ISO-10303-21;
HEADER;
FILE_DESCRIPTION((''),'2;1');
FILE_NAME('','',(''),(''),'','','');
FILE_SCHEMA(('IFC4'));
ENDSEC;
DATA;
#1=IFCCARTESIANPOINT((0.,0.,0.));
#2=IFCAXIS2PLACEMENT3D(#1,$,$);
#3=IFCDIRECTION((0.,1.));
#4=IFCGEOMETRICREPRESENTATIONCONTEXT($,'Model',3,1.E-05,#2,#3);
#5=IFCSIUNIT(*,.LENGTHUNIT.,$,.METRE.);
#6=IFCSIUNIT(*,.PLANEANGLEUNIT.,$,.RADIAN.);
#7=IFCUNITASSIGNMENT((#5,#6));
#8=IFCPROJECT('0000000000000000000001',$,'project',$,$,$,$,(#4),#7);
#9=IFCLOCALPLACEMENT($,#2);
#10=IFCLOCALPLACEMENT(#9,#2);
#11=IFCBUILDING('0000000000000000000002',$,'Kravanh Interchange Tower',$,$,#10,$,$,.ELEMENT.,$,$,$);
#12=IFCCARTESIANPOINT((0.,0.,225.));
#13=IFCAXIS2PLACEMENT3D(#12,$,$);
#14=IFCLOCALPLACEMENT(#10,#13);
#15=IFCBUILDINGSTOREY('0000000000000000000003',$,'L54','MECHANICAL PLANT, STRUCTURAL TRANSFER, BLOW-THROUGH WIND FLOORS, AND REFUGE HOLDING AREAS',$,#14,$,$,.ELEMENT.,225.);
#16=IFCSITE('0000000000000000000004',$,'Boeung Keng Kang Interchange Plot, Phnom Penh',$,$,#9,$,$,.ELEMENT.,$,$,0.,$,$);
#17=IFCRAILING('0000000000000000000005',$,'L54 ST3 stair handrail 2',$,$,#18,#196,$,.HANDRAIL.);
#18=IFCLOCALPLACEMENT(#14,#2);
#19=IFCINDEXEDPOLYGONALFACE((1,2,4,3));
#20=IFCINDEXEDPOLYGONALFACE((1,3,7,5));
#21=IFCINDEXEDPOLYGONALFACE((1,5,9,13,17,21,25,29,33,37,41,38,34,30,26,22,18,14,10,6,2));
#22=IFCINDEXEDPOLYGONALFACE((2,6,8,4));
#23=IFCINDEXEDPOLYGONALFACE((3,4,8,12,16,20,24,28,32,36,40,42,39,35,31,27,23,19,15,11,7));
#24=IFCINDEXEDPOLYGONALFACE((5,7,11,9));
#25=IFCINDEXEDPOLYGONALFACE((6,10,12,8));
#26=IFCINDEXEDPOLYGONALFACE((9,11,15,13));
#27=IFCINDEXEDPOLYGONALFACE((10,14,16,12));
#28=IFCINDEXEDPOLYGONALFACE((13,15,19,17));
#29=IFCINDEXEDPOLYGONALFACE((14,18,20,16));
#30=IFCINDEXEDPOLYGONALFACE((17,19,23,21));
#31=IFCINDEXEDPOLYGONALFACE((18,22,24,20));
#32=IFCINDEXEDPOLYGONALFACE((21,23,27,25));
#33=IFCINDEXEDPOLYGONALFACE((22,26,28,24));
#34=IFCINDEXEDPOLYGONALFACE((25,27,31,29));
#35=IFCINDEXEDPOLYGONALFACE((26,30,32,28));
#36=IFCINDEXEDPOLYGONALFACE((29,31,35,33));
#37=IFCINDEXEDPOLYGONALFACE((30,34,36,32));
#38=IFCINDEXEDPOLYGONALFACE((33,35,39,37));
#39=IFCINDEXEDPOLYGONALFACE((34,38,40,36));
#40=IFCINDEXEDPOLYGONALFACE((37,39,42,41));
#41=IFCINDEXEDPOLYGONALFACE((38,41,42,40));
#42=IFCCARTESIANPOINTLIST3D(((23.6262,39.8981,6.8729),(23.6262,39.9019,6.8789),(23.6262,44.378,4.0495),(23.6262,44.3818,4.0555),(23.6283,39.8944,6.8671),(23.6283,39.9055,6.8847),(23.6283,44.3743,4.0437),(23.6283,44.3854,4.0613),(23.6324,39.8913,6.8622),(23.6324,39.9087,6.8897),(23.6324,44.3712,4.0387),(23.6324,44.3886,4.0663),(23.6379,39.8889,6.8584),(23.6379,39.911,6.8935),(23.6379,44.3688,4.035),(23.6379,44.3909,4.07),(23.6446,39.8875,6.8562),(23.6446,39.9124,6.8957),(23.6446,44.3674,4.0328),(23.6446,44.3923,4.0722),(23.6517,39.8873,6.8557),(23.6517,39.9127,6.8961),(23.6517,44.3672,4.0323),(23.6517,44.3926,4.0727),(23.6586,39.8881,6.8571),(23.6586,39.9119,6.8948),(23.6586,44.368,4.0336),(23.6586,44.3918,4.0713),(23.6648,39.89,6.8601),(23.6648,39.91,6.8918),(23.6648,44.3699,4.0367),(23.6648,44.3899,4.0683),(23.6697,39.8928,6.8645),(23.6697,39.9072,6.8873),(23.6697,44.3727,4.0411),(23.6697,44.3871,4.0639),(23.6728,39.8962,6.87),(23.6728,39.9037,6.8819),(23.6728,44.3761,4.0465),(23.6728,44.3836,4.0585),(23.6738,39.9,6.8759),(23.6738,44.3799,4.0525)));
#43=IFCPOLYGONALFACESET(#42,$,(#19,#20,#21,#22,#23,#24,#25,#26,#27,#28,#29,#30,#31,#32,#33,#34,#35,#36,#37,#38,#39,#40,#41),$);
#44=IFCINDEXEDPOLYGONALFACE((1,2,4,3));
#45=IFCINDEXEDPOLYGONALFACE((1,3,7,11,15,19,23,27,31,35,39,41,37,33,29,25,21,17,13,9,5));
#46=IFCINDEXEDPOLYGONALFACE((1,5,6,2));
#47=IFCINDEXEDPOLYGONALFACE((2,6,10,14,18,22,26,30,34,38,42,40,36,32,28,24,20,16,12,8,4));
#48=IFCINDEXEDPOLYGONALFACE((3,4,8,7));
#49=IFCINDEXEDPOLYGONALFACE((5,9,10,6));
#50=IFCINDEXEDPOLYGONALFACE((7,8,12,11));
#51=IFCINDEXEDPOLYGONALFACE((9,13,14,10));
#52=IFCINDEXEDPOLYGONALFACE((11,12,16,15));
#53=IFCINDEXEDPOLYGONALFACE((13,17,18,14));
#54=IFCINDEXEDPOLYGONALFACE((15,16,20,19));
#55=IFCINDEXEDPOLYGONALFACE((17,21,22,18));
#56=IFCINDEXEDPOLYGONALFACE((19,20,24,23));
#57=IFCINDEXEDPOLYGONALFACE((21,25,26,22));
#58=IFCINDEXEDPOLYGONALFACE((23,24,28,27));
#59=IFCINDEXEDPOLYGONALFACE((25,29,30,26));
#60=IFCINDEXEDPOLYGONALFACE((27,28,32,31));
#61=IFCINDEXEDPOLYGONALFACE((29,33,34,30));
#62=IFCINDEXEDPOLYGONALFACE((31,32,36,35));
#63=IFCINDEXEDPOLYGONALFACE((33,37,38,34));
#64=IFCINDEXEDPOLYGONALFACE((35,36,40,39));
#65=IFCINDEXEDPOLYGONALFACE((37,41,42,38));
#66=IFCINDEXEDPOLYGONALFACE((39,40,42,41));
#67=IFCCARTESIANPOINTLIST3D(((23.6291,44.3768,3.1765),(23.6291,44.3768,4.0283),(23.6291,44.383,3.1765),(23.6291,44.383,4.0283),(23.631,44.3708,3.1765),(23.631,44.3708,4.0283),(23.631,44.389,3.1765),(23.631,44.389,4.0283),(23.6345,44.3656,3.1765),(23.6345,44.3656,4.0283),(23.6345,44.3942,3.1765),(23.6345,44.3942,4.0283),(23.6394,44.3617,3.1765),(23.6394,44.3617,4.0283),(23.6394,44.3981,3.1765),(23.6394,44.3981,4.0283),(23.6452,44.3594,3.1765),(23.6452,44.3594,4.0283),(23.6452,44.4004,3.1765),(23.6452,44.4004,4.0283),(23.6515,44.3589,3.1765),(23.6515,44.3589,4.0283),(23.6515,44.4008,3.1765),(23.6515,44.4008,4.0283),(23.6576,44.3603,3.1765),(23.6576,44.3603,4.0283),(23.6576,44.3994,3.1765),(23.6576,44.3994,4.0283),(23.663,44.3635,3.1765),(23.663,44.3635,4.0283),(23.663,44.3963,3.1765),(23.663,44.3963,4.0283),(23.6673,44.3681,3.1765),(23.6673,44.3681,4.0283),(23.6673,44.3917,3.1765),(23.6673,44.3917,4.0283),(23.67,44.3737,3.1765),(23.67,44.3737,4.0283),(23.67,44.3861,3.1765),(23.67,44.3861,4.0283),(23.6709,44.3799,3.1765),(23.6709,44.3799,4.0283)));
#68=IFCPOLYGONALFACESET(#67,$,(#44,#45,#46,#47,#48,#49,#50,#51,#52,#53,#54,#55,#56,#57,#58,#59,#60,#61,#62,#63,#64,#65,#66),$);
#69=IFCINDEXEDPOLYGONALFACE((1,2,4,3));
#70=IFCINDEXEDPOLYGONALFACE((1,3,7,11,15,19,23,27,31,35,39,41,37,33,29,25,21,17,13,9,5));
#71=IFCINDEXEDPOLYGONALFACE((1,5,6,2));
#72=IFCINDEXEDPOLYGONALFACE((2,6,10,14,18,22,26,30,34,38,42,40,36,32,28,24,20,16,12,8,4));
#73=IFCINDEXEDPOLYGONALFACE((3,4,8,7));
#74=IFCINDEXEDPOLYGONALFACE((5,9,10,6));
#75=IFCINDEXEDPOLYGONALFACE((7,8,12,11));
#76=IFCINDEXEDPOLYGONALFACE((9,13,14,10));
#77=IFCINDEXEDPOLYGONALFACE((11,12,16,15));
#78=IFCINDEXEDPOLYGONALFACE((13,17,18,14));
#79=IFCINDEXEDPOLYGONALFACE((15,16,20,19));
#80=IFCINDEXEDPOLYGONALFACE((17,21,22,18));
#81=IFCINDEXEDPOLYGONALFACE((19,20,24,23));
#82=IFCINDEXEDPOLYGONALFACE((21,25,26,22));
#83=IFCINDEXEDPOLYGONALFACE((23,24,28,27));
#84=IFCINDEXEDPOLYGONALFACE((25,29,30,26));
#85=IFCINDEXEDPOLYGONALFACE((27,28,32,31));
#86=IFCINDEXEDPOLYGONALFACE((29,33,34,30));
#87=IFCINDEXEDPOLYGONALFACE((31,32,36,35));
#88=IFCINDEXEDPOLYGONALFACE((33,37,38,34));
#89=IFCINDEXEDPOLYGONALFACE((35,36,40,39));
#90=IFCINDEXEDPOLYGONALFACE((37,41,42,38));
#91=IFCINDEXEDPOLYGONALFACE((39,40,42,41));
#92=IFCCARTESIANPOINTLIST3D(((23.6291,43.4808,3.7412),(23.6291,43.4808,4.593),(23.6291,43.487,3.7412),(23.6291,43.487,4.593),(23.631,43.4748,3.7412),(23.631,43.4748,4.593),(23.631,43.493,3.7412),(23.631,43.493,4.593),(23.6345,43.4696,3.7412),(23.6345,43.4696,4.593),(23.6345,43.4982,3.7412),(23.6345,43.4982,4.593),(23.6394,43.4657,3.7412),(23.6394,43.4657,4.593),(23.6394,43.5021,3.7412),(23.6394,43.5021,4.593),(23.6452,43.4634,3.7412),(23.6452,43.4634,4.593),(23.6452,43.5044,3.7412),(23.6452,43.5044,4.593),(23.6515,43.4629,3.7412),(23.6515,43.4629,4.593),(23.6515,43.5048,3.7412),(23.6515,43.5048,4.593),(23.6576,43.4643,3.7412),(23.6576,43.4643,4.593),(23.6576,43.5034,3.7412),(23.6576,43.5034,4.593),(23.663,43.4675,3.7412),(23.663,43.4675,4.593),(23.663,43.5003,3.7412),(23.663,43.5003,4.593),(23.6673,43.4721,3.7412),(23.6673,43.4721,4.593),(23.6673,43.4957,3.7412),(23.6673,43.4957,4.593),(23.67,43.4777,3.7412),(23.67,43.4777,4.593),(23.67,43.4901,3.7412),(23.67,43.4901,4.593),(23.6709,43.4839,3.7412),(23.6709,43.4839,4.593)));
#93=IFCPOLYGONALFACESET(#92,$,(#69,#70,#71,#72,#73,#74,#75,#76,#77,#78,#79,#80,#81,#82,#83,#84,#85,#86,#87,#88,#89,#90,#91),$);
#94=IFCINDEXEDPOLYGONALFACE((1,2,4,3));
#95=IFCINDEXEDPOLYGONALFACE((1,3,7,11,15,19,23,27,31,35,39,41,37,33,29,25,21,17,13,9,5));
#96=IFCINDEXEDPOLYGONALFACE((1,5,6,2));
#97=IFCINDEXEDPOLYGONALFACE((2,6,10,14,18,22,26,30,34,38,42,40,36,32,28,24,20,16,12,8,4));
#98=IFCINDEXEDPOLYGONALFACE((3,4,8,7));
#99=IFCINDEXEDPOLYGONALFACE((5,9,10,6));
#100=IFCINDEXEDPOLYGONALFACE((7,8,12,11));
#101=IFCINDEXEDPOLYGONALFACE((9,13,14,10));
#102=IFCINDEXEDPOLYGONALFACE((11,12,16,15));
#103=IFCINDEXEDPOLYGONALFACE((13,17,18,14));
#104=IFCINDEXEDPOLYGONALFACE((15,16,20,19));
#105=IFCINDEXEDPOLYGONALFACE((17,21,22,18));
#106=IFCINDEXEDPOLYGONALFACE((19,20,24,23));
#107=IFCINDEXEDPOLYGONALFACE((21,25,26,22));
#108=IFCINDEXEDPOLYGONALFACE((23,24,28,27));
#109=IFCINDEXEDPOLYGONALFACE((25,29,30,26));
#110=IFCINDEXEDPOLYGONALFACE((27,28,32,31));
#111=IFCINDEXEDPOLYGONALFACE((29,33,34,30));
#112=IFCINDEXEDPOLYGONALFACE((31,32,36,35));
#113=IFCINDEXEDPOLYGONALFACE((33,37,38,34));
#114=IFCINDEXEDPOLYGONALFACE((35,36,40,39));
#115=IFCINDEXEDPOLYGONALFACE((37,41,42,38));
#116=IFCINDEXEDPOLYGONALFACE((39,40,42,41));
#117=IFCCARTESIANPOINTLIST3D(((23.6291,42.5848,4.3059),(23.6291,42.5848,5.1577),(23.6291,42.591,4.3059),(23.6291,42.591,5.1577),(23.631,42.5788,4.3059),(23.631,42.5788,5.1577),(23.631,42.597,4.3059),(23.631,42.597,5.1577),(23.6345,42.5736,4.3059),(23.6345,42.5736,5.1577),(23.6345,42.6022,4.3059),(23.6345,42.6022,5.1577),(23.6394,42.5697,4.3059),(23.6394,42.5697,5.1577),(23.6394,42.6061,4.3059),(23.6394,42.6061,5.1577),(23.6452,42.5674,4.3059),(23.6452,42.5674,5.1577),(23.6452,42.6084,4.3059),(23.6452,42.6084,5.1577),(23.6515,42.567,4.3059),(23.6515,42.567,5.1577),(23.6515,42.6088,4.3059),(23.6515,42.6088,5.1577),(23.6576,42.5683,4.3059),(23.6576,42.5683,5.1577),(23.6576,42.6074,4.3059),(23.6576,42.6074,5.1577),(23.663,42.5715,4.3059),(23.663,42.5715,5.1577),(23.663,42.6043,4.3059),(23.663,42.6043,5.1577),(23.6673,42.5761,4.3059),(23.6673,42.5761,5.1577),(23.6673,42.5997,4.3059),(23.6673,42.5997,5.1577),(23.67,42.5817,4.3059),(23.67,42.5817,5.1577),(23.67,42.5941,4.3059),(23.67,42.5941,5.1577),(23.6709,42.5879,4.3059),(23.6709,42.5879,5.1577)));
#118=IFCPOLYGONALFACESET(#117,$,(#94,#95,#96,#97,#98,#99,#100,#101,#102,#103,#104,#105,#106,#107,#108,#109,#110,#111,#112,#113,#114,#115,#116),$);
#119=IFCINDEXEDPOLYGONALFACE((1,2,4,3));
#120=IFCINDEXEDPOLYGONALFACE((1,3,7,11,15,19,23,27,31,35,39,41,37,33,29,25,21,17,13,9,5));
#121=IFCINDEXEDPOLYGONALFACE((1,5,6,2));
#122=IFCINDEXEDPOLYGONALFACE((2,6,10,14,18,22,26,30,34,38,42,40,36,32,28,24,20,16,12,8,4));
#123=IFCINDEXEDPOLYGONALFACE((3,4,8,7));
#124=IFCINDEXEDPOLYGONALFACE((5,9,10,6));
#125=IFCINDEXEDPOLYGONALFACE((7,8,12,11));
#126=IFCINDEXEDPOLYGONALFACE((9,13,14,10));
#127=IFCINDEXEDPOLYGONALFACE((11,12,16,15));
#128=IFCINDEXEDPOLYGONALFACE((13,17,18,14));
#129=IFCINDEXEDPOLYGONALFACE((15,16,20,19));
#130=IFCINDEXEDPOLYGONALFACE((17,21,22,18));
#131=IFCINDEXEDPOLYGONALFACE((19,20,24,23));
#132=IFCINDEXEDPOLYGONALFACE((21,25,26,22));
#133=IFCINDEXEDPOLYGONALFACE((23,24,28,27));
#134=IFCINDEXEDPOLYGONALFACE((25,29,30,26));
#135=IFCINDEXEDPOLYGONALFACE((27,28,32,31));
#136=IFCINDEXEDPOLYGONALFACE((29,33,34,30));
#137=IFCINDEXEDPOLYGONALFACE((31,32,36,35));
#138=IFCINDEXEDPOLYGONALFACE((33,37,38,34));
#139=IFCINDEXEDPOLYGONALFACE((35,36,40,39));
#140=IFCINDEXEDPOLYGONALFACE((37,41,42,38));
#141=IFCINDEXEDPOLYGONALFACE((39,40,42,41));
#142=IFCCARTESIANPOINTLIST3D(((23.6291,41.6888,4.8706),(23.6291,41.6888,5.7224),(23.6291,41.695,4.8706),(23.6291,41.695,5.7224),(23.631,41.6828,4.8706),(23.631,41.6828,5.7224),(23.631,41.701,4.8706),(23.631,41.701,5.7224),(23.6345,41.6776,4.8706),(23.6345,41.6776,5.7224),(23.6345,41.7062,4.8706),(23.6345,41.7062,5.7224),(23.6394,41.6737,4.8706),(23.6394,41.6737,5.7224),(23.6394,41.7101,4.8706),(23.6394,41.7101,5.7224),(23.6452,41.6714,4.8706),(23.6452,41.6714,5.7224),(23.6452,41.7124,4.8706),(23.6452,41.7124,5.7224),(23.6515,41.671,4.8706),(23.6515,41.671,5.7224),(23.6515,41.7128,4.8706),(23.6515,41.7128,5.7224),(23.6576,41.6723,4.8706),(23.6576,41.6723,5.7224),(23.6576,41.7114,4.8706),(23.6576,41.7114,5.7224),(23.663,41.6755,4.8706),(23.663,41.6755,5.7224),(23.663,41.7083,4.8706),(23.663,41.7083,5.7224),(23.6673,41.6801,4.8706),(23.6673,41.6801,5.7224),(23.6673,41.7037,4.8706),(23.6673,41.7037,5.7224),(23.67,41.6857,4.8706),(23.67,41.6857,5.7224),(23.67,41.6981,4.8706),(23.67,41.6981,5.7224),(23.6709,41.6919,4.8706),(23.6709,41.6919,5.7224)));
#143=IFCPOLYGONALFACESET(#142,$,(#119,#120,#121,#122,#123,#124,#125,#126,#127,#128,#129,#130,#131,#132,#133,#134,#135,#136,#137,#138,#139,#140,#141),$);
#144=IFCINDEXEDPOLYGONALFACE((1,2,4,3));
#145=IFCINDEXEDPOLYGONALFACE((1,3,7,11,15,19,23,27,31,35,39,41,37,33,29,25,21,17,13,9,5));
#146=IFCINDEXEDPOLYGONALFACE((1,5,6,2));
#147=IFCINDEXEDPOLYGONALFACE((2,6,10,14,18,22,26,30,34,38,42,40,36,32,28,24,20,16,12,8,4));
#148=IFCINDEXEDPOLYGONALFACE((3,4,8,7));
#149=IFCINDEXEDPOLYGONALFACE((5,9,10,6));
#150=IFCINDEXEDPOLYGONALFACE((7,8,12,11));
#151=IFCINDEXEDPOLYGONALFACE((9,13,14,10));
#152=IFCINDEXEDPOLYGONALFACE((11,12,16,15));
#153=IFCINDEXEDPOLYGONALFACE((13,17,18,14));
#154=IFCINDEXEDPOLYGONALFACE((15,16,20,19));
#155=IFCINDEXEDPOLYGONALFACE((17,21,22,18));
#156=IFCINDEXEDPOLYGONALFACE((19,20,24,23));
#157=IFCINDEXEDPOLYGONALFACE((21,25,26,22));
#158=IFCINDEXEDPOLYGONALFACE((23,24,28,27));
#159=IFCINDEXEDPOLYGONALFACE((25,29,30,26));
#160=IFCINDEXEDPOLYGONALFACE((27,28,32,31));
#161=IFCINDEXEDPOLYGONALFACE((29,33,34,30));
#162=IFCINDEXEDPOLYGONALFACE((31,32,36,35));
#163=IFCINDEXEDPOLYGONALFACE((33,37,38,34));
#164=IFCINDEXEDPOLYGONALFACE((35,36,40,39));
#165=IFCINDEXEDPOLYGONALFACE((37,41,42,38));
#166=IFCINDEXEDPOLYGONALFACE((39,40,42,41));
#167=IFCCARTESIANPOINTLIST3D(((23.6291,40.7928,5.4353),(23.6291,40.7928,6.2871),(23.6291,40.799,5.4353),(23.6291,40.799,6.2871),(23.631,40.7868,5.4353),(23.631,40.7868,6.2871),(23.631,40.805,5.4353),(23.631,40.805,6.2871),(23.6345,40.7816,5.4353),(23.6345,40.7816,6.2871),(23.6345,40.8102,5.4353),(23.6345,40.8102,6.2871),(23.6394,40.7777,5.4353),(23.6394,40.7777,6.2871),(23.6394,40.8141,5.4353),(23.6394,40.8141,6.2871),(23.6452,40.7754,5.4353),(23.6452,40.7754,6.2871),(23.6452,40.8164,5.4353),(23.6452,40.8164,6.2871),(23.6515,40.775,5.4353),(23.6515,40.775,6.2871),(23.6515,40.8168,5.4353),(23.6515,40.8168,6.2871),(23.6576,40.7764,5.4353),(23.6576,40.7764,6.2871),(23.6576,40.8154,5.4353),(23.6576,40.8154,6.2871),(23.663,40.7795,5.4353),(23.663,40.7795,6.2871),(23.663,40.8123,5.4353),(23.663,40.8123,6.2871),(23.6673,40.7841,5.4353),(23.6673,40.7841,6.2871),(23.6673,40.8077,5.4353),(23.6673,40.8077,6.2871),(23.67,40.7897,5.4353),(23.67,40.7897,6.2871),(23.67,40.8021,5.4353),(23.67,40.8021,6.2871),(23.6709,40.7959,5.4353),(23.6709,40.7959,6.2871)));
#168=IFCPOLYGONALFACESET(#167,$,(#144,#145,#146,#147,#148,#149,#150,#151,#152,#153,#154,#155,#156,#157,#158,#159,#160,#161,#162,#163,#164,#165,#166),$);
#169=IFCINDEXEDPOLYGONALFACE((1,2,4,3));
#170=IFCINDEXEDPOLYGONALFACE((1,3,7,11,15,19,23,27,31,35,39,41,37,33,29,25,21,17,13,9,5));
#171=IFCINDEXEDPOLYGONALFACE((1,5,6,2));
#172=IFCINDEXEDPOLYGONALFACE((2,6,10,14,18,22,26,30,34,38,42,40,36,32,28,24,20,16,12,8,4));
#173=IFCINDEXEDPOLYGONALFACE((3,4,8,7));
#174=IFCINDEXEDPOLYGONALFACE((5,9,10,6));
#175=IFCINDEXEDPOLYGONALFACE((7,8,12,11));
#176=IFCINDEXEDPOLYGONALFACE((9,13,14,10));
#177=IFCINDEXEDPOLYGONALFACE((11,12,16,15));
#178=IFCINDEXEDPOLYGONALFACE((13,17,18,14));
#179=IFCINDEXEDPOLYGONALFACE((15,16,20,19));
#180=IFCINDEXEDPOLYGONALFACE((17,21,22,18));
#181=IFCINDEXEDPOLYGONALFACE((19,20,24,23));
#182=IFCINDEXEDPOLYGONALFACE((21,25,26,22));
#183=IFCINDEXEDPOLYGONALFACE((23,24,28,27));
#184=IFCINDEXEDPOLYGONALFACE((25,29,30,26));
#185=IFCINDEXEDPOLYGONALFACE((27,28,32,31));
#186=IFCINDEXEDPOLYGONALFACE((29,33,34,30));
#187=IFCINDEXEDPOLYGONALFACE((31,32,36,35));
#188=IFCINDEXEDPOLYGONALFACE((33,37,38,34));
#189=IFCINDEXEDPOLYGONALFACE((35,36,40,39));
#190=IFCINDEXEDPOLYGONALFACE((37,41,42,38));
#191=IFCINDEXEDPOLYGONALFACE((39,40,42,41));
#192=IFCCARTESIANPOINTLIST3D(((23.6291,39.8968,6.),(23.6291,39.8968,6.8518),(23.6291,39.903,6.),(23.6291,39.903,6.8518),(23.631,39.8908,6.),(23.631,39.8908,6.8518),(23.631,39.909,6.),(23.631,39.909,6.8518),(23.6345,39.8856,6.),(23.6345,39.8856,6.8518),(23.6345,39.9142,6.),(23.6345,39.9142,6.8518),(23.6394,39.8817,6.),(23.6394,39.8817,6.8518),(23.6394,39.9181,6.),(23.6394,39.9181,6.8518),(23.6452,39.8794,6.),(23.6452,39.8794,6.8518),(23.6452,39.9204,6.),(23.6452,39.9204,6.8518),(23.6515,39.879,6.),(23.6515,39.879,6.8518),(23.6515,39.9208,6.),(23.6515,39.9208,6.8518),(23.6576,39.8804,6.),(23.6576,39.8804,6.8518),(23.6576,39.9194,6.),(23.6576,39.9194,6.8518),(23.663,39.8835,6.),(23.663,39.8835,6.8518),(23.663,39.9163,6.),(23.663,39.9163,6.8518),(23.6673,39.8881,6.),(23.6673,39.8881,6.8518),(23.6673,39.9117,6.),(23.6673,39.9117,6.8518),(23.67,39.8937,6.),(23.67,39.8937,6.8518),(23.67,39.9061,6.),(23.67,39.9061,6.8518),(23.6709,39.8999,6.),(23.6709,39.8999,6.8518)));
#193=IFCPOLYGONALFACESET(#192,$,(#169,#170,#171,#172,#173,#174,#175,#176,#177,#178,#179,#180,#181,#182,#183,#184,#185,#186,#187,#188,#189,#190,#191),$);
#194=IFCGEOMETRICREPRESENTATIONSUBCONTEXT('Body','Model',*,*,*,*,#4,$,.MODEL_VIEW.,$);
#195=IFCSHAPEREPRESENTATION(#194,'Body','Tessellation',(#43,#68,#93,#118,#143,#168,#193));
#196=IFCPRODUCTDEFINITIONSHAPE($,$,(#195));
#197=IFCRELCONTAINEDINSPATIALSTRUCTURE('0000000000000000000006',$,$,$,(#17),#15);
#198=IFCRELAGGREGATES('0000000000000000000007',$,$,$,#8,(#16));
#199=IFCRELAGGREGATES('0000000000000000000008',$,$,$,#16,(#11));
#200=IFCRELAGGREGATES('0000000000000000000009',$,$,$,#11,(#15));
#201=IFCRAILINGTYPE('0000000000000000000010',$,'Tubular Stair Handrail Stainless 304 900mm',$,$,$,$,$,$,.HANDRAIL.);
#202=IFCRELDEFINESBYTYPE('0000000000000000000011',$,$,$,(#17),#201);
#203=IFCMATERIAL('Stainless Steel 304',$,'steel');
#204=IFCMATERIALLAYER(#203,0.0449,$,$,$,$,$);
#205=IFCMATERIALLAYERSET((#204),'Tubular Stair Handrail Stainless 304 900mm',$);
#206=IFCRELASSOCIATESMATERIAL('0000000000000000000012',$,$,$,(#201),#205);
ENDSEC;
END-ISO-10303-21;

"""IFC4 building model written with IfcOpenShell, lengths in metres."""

from ifc_helpers import new_model, si_unit, direction, frame, origin, origin_2d, place, context, subcontext, project, spatial, circle, extrude, material, layer, layer_set, type_object, element, save


model = new_model("IFC4")

# Units and contexts
model_context = context("Model", 3, precision=1e-05, world=origin(), true_north=direction((0.0, 1.0)))
body_context = subcontext(model_context, "Body", "Model", "MODEL_VIEW")
ifc_project = project(units=[si_unit("LENGTHUNIT", "METRE"), si_unit("PLANEANGLEUNIT", "RADIAN")], contexts=[model_context])

# Site, building, storey
site_placement = place(None, origin())
site = spatial("IfcSite", under=ifc_project, at=site_placement, Name="Boeung Keng Kang Interchange Plot, Phnom Penh", CompositionType="ELEMENT", RefElevation=0.0)
building_placement = place(site_placement, origin())
building = spatial("IfcBuilding", under=site, at=building_placement, Name="Kravanh Interchange Tower", CompositionType="ELEMENT")
storey_placement = place(building_placement, frame((0.0, 0.0, 225.0)))
storey = spatial("IfcBuildingStorey", under=building, at=storey_placement, Name="L54", Description="MECHANICAL PLANT, STRUCTURAL TRANSFER, BLOW-THROUGH WIND FLOORS, AND REFUGE HOLDING AREAS", CompositionType="ELEMENT", Elevation=225.0)

# Railing
ifc_material_1 = material(Name="Stainless Steel 304", Category="steel")
ifc_layer_1 = layer(ifc_material_1, 0.0449)
ifc_layer_set_1 = layer_set([ifc_layer_1], Name="Tubular Stair Handrail Stainless 304 900mm")
railing_type_1 = type_object("IfcRailingType", Name="Tubular Stair Handrail Stainless 304 900mm", PredefinedType="HANDRAIL", material=ifc_layer_set_1)
railing_1_placement = place(storey_placement, frame((23.6499, 44.3799, 3.1765)))
element("IfcRailing", 1, at=railing_1_placement, inside=storey, type_object=railing_type_1, Name="L54 ST3 stair handrail 2", PredefinedType="HANDRAIL", context=body_context, shape_type="SweptSolid", body=[
    extrude(circle(Radius=0.0239, at=origin_2d()), frame((0.0, 0.0, 0.876), z_axis=(0.0, -0.845998, 0.533186), x_axis=(1.0, 0.0, 0.0)), (0.0, 0.0, 1.0), 5.2954),
    extrude(circle(Radius=0.021, at=origin_2d()), origin(), (0.0, 0.0, 1.0), 0.8518),
    extrude(circle(Radius=0.021, at=origin_2d()), frame((0.0, -0.896, 0.5647)), (0.0, 0.0, 1.0), 0.8518),
    extrude(circle(Radius=0.021, at=origin_2d()), frame((0.0, -1.792, 1.1294)), (0.0, 0.0, 1.0), 0.8518),
    extrude(circle(Radius=0.021, at=origin_2d()), frame((0.0, -2.688, 1.6941)), (0.0, 0.0, 1.0), 0.8518),
    extrude(circle(Radius=0.021, at=origin_2d()), frame((0.0, -3.584, 2.2588)), (0.0, 0.0, 1.0), 0.8518),
    extrude(circle(Radius=0.021, at=origin_2d()), frame((0.0, -4.48, 2.8235)), (0.0, 0.0, 1.0), 0.8518),
])

save(model, "model.ifc")
